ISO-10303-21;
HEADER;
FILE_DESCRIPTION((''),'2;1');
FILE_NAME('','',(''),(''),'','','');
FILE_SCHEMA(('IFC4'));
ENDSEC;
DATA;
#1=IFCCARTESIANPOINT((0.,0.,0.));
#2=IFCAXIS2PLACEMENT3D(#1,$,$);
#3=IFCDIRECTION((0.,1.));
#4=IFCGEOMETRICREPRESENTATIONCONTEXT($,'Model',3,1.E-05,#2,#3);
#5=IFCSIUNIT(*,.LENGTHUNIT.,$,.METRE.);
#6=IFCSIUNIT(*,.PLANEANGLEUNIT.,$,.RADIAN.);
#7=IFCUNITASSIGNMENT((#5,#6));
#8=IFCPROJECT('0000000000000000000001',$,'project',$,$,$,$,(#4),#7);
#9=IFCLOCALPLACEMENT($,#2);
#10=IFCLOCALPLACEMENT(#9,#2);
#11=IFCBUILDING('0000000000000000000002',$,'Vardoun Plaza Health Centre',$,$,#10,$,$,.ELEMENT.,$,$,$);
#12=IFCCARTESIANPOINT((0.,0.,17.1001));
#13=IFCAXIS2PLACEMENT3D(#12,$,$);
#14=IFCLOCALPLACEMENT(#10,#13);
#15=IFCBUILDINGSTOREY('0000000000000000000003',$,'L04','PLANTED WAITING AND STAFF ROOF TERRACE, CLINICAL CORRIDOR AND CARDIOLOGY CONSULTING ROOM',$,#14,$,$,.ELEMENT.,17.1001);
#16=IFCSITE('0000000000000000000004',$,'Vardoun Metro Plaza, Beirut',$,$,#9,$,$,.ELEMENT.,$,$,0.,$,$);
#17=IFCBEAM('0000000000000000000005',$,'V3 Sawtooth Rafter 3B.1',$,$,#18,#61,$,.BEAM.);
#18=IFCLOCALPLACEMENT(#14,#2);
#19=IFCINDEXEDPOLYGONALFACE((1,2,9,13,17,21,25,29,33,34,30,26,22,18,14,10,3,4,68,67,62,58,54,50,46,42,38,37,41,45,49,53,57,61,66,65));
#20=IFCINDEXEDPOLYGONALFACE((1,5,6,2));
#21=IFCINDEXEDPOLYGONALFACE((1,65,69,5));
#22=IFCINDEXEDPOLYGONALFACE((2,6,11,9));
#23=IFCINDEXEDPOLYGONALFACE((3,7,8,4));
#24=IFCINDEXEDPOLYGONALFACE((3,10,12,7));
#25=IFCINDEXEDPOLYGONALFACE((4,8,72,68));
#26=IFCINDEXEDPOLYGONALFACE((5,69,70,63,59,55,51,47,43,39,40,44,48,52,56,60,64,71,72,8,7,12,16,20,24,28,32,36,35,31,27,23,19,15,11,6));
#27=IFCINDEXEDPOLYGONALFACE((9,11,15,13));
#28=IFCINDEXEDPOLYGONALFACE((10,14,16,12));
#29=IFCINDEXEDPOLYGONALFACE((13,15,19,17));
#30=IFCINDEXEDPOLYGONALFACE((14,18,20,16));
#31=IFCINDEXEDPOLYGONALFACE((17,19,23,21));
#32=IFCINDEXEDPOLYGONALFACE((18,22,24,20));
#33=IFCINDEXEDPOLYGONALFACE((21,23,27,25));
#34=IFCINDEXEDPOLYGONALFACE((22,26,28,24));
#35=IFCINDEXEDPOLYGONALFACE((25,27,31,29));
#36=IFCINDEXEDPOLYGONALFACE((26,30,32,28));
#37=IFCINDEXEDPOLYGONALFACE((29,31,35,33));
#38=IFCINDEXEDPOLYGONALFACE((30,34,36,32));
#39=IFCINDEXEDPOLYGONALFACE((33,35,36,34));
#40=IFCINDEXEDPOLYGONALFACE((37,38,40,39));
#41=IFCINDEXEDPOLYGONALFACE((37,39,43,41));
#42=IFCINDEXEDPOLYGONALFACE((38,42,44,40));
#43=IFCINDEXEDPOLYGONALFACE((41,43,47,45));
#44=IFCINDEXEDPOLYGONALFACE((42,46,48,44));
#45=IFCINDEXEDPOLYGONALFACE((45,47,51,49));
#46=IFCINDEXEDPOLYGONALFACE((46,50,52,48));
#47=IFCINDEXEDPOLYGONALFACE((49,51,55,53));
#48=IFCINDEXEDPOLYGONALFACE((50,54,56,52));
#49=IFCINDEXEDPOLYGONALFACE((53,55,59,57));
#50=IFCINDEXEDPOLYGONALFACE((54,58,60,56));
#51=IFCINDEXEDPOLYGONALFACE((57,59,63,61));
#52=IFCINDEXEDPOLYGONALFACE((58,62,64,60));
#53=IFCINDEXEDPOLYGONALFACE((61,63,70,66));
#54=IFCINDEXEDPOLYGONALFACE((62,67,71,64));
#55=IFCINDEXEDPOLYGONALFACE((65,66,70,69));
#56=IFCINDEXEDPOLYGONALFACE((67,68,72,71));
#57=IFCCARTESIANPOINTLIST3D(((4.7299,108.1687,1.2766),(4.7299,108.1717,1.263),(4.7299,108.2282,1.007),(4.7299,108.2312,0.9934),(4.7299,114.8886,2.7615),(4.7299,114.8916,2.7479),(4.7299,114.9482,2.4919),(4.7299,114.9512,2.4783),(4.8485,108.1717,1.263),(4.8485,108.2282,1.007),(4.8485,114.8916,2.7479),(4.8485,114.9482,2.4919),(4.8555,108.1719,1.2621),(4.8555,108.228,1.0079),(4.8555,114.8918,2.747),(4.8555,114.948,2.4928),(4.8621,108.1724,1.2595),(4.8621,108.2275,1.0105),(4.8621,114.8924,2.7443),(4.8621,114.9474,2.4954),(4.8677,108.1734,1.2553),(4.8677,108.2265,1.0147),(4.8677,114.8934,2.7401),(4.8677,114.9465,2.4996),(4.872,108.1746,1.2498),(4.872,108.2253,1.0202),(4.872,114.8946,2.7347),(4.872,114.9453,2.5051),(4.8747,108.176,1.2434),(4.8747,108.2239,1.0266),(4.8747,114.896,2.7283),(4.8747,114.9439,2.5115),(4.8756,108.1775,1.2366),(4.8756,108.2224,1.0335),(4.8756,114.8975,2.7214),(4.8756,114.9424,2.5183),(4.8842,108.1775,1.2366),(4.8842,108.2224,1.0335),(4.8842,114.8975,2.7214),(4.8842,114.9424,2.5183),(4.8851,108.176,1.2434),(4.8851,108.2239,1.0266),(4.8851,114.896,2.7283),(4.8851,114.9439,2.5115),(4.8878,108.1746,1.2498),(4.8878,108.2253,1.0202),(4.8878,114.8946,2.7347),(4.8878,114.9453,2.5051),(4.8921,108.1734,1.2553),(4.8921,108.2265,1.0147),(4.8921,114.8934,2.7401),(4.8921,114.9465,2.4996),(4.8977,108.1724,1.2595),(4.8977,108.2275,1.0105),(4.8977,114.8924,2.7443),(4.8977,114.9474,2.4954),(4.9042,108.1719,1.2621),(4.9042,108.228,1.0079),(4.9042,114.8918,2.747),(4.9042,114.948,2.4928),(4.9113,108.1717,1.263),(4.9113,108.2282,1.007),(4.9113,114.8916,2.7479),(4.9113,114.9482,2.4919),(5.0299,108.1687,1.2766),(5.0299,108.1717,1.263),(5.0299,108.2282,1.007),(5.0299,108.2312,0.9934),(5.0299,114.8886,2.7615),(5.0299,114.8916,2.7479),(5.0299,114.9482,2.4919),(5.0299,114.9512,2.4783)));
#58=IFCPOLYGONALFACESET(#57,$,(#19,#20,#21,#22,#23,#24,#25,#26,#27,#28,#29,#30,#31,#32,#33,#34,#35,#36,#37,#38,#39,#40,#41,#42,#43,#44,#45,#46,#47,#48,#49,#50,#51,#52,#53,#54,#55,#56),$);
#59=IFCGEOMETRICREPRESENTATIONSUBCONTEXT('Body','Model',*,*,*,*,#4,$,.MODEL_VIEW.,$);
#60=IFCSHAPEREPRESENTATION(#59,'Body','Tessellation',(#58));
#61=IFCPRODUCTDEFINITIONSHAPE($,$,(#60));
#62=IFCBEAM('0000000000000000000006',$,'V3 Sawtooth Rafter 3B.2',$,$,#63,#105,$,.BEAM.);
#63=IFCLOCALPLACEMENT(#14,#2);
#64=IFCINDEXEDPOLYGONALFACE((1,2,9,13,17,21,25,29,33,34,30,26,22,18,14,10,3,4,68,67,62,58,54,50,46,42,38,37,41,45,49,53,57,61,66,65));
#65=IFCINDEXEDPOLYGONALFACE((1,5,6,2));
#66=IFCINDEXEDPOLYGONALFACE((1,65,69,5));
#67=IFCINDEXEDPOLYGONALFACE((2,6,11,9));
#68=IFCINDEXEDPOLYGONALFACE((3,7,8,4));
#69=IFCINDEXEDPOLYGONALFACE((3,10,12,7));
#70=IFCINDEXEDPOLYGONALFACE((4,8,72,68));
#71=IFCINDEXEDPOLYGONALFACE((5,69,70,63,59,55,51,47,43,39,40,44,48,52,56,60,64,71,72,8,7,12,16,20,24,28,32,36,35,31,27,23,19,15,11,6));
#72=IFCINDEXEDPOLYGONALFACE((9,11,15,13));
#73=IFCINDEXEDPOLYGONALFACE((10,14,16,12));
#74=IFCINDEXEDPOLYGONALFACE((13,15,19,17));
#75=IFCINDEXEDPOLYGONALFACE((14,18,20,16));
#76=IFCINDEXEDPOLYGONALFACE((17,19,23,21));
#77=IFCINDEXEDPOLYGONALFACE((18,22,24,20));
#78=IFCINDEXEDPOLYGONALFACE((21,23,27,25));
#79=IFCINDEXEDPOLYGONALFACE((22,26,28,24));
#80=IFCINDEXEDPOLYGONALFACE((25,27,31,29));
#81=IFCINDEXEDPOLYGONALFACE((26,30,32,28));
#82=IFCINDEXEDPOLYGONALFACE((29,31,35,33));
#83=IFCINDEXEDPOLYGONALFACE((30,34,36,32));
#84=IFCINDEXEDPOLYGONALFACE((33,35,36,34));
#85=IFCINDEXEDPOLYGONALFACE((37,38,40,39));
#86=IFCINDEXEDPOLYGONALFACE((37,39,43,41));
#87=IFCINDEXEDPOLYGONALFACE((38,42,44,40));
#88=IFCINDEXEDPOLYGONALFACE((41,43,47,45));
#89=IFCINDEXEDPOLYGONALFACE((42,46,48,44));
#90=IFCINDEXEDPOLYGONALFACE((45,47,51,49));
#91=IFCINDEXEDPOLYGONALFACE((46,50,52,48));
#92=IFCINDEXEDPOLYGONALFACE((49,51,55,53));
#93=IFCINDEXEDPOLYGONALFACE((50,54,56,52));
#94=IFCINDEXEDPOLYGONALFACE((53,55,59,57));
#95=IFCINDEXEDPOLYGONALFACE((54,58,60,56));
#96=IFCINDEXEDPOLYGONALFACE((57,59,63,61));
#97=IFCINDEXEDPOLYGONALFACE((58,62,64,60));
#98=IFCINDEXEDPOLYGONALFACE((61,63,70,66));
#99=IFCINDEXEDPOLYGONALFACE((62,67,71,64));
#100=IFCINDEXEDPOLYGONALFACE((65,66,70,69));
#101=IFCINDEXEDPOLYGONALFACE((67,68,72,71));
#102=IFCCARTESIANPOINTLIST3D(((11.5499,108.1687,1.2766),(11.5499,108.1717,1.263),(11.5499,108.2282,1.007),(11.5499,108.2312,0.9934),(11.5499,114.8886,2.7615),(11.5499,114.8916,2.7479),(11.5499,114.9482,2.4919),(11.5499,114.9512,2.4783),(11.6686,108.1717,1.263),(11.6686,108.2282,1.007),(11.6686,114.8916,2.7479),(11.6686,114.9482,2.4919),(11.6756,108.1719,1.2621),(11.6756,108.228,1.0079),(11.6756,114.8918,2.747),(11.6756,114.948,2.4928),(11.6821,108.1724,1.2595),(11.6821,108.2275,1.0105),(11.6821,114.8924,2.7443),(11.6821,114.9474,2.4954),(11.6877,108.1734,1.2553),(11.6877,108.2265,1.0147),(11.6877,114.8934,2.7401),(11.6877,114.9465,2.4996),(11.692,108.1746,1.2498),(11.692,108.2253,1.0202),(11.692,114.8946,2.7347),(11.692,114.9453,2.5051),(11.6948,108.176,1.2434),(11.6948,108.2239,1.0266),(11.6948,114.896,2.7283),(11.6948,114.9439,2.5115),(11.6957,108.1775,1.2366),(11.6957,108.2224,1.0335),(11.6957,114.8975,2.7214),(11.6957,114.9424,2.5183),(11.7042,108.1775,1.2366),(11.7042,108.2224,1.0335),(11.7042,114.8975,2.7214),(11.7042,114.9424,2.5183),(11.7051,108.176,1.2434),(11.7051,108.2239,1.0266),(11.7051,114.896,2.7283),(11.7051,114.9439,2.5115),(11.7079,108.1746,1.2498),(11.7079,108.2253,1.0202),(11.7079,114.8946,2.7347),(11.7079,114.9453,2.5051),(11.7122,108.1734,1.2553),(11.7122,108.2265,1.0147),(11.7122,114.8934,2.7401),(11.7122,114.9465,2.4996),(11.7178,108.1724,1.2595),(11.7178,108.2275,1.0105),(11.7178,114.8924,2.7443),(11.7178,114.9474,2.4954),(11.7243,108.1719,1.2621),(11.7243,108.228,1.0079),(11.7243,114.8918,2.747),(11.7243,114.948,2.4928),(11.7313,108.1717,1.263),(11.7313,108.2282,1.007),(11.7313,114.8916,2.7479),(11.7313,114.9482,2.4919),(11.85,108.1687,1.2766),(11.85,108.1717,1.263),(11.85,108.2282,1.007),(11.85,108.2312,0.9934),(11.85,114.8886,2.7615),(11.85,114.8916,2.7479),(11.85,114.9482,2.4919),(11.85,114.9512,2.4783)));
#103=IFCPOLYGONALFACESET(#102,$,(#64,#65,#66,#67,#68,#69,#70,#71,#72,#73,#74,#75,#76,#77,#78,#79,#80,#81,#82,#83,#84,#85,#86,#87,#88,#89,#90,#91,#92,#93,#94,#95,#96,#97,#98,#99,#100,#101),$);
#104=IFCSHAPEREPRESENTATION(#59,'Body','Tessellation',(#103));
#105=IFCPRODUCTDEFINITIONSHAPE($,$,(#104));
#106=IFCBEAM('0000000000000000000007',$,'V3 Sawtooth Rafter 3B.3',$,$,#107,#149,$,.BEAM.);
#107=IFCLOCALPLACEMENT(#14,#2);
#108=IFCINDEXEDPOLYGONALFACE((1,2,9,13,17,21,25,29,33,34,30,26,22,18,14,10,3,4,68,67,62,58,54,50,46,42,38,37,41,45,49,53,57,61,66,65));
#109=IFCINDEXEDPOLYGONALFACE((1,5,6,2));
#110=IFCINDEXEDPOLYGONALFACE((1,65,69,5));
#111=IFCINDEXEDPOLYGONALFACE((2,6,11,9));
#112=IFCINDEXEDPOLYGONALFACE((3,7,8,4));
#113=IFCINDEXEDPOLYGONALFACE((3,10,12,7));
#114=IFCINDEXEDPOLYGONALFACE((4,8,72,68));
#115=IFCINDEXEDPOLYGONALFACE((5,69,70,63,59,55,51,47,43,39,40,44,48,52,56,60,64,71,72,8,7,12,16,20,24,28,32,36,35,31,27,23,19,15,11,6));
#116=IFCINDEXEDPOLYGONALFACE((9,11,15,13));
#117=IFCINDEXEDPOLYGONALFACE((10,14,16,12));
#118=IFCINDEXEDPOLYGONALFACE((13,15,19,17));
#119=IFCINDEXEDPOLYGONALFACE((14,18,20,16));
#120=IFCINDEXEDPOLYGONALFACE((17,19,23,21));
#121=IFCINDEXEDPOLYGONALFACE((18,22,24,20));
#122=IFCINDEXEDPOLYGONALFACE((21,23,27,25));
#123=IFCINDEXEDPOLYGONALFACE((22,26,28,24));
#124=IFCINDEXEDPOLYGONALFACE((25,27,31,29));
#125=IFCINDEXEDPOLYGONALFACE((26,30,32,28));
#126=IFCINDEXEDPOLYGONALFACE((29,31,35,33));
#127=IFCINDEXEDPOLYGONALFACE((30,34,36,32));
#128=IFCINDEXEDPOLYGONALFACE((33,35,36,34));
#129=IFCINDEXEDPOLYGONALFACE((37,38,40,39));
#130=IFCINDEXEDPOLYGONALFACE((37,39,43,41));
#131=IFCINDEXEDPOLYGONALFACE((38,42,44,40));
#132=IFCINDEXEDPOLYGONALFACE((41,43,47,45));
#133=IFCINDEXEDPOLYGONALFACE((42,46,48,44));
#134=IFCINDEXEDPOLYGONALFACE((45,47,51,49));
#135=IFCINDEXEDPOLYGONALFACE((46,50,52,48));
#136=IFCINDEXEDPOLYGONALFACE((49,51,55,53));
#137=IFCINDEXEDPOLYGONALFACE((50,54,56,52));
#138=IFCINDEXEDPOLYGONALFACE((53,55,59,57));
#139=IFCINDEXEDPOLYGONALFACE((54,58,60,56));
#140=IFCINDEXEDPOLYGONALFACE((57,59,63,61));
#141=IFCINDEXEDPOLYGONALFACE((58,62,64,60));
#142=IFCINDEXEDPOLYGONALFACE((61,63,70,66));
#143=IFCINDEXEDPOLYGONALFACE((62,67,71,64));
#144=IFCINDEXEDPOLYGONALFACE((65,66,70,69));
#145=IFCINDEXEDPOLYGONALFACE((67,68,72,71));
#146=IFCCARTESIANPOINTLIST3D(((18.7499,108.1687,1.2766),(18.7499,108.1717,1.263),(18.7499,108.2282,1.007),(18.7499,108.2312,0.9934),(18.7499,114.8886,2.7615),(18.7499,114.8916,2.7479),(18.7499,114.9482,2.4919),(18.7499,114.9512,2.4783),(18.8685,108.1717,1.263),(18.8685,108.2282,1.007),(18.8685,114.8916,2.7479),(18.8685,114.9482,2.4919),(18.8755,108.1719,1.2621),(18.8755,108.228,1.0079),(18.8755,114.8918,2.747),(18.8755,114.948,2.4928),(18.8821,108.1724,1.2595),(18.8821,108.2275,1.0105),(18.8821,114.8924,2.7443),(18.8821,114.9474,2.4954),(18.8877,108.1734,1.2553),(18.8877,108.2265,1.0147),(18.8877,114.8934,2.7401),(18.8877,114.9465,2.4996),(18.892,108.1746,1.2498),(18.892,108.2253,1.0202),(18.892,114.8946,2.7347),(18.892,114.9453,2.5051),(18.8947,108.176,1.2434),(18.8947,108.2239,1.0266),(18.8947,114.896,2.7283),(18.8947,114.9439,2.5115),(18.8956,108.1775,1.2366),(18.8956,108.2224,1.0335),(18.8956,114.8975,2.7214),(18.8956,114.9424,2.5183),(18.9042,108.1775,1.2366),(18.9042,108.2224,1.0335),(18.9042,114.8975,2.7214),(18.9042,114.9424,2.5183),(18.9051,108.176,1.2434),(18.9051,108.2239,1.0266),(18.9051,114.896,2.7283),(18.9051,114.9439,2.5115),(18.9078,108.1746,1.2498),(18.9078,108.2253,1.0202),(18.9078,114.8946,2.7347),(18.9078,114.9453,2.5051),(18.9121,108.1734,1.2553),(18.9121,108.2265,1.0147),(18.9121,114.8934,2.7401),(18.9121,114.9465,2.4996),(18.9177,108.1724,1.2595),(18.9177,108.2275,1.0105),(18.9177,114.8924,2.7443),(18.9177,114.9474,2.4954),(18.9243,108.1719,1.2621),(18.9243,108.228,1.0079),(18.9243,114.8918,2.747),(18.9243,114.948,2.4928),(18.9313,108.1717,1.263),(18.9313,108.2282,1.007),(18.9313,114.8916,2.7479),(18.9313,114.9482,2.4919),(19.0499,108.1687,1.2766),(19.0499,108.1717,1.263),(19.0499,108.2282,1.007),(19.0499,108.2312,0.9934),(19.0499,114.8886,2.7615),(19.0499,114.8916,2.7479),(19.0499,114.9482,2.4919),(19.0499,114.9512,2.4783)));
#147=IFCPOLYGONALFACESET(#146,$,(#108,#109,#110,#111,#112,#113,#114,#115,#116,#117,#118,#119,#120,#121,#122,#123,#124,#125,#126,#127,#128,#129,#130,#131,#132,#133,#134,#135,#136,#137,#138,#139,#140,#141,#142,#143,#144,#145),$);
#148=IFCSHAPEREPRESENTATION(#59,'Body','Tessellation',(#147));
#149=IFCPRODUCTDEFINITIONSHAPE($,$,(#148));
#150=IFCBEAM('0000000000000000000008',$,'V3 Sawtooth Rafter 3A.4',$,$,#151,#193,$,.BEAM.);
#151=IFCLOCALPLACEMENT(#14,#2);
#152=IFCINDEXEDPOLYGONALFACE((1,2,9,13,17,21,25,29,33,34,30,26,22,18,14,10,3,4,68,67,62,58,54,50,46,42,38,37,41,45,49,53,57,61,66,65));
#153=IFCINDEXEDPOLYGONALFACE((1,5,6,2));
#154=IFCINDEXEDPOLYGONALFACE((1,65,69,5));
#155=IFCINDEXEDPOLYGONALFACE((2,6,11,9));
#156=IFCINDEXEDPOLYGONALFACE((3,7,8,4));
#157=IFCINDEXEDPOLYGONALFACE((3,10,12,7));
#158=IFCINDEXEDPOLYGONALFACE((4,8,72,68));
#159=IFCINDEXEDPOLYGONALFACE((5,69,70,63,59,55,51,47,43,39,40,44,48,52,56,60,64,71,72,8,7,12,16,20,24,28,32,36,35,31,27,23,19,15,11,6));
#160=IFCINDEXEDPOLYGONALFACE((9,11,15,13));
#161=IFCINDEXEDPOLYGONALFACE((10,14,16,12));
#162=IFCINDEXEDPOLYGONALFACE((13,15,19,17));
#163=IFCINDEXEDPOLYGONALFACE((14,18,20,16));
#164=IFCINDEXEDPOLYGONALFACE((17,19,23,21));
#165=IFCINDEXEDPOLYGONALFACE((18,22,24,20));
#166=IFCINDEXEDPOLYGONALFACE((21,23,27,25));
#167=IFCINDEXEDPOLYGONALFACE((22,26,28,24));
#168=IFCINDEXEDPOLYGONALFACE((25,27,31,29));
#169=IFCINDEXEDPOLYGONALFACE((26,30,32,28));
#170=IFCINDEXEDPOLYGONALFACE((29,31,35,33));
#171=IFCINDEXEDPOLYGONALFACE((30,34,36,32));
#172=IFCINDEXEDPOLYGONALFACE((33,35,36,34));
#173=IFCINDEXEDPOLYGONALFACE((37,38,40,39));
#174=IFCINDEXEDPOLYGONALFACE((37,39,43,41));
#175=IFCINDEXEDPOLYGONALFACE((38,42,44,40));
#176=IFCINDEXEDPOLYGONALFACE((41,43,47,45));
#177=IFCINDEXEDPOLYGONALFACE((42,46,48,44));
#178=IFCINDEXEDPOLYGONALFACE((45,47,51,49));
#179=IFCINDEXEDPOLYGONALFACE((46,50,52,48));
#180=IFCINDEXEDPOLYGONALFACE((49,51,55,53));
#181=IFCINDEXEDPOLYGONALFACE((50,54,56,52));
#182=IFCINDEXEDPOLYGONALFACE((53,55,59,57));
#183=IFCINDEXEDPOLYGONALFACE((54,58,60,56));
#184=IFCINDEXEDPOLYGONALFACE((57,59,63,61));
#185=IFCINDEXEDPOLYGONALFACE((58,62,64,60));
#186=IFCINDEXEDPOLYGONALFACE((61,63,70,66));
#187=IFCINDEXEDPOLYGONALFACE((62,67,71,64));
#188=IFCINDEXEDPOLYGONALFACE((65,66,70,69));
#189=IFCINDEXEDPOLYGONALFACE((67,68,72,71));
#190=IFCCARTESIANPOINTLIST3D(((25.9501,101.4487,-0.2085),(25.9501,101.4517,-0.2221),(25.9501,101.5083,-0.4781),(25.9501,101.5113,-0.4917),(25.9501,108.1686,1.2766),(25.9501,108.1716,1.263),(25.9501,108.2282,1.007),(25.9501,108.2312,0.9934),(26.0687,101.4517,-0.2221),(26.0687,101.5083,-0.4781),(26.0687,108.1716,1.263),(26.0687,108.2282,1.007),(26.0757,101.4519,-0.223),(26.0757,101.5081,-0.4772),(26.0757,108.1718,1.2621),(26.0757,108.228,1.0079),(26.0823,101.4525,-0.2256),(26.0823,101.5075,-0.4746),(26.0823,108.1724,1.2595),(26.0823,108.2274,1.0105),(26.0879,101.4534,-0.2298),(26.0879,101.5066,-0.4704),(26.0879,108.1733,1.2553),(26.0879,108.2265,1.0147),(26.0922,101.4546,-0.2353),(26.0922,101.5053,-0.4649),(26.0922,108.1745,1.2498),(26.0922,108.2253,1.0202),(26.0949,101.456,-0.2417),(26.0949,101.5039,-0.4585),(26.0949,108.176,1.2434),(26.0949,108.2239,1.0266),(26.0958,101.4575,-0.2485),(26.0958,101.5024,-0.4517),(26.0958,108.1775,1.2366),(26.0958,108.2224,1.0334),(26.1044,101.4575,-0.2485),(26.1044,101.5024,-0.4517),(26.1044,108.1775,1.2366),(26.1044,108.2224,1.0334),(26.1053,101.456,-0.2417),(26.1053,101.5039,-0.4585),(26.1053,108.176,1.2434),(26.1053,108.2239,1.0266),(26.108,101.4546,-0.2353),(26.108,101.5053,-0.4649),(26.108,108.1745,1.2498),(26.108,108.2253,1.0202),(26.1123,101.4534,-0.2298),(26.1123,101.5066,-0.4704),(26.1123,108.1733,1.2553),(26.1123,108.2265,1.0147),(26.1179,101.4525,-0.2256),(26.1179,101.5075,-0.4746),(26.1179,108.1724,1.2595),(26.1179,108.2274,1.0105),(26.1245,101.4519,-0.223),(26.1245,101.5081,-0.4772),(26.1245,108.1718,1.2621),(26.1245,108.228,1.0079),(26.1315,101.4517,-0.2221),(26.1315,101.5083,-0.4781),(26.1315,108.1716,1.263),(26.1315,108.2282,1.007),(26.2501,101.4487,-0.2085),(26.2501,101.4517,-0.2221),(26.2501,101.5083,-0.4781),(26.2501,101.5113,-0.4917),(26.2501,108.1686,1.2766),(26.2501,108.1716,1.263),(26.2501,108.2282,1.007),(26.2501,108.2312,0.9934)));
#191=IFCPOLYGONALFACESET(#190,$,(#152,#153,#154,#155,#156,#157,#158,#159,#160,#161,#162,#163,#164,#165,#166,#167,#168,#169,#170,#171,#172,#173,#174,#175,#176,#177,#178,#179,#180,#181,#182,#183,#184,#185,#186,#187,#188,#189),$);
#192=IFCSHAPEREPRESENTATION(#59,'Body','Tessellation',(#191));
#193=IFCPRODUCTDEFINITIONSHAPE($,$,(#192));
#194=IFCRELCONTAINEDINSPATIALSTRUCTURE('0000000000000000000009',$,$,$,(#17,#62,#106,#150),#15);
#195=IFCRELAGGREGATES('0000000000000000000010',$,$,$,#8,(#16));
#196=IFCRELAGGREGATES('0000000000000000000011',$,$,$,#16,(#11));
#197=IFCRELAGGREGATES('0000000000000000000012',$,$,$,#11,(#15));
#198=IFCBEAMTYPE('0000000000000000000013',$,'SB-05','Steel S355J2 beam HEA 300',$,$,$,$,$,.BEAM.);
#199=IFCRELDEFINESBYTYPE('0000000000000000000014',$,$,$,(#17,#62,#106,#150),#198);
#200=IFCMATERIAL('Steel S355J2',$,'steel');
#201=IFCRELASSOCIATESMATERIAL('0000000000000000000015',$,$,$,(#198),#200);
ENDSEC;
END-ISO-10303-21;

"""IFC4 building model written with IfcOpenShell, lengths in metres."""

from ifc_helpers import new_model, si_unit, direction, frame, origin, origin_2d, place, context, subcontext, project, spatial, i_section, extrude, material, material_profile, profile_set, type_object, element, save


model = new_model("IFC4")

# Units and contexts
model_context = context("Model", 3, precision=1e-05, world=origin(), true_north=direction((0.0, 1.0)))
body_context = subcontext(model_context, "Body", "Model", "MODEL_VIEW")
ifc_project = project(units=[si_unit("LENGTHUNIT", "METRE"), si_unit("PLANEANGLEUNIT", "RADIAN")], contexts=[model_context])

# Site, building, storey
site_placement = place(None, origin())
site = spatial("IfcSite", under=ifc_project, at=site_placement, Name="Vardoun Metro Plaza, Beirut", CompositionType="ELEMENT", RefElevation=0.0)
building_placement = place(site_placement, origin())
building = spatial("IfcBuilding", under=site, at=building_placement, Name="Vardoun Plaza Health Centre", CompositionType="ELEMENT")
storey_placement = place(building_placement, frame((0.0, 0.0, 17.1001)))
storey = spatial("IfcBuildingStorey", under=building, at=storey_placement, Name="L04", Description="PLANTED WAITING AND STAFF ROOF TERRACE, CLINICAL CORRIDOR AND CARDIOLOGY CONSULTING ROOM", CompositionType="ELEMENT", Elevation=17.1001)

# Beams
ifc_material_1 = material(Name="Steel S355J2", Category="steel")
ifc_material_profile_1 = material_profile(ifc_material_1, i_section(OverallWidth=0.3, OverallDepth=0.29, WebThickness=0.0085, FlangeThickness=0.0139, FilletRadius=0.0271, at=origin_2d()), Name="HEA 300")
ifc_profile_set_1 = profile_set([ifc_material_profile_1], Name="Steel S355J2")
beam_type_1 = type_object("IfcBeamType", Name="SB-05", Description="Steel S355J2 beam HEA 300", PredefinedType="BEAM", material=ifc_profile_set_1)
for number, where, z_axis, x_axis, name in (
    (1, (4.8799, 108.2, 1.135), (0.0, 0.976447, 0.215758), (-1.0, 0.0, 0.0), "V3 Sawtooth Rafter 3B.1"),
    (2, (11.7, 108.2, 1.135), (0.0, 0.976447, 0.215758), (-1.0, 0.0, 0.0), "V3 Sawtooth Rafter 3B.2"),
    (3, (18.8999, 108.2, 1.135), (0.0, 0.976447, 0.215758), (-1.0, 0.0, 0.0), "V3 Sawtooth Rafter 3B.3"),
    (4, (26.1001, 101.48, -0.3501), (0.0, 0.976439, 0.215792), (-1.0, 0.0, 0.0), "V3 Sawtooth Rafter 3A.4"),
):
    element("IfcBeam", number, at=place(storey_placement, frame(where, z_axis=z_axis, x_axis=x_axis)), inside=storey, type_object=beam_type_1, Name=name, PredefinedType="BEAM", context=body_context, shape_type="SweptSolid", body=[
        extrude(i_section(OverallWidth=0.3, OverallDepth=0.29, WebThickness=0.0085, FlangeThickness=0.0139, FilletRadius=0.0271, at=origin_2d()), origin(), (0.0, 0.0, 1.0), 6.8821),
    ])

save(model, "model.ifc")
